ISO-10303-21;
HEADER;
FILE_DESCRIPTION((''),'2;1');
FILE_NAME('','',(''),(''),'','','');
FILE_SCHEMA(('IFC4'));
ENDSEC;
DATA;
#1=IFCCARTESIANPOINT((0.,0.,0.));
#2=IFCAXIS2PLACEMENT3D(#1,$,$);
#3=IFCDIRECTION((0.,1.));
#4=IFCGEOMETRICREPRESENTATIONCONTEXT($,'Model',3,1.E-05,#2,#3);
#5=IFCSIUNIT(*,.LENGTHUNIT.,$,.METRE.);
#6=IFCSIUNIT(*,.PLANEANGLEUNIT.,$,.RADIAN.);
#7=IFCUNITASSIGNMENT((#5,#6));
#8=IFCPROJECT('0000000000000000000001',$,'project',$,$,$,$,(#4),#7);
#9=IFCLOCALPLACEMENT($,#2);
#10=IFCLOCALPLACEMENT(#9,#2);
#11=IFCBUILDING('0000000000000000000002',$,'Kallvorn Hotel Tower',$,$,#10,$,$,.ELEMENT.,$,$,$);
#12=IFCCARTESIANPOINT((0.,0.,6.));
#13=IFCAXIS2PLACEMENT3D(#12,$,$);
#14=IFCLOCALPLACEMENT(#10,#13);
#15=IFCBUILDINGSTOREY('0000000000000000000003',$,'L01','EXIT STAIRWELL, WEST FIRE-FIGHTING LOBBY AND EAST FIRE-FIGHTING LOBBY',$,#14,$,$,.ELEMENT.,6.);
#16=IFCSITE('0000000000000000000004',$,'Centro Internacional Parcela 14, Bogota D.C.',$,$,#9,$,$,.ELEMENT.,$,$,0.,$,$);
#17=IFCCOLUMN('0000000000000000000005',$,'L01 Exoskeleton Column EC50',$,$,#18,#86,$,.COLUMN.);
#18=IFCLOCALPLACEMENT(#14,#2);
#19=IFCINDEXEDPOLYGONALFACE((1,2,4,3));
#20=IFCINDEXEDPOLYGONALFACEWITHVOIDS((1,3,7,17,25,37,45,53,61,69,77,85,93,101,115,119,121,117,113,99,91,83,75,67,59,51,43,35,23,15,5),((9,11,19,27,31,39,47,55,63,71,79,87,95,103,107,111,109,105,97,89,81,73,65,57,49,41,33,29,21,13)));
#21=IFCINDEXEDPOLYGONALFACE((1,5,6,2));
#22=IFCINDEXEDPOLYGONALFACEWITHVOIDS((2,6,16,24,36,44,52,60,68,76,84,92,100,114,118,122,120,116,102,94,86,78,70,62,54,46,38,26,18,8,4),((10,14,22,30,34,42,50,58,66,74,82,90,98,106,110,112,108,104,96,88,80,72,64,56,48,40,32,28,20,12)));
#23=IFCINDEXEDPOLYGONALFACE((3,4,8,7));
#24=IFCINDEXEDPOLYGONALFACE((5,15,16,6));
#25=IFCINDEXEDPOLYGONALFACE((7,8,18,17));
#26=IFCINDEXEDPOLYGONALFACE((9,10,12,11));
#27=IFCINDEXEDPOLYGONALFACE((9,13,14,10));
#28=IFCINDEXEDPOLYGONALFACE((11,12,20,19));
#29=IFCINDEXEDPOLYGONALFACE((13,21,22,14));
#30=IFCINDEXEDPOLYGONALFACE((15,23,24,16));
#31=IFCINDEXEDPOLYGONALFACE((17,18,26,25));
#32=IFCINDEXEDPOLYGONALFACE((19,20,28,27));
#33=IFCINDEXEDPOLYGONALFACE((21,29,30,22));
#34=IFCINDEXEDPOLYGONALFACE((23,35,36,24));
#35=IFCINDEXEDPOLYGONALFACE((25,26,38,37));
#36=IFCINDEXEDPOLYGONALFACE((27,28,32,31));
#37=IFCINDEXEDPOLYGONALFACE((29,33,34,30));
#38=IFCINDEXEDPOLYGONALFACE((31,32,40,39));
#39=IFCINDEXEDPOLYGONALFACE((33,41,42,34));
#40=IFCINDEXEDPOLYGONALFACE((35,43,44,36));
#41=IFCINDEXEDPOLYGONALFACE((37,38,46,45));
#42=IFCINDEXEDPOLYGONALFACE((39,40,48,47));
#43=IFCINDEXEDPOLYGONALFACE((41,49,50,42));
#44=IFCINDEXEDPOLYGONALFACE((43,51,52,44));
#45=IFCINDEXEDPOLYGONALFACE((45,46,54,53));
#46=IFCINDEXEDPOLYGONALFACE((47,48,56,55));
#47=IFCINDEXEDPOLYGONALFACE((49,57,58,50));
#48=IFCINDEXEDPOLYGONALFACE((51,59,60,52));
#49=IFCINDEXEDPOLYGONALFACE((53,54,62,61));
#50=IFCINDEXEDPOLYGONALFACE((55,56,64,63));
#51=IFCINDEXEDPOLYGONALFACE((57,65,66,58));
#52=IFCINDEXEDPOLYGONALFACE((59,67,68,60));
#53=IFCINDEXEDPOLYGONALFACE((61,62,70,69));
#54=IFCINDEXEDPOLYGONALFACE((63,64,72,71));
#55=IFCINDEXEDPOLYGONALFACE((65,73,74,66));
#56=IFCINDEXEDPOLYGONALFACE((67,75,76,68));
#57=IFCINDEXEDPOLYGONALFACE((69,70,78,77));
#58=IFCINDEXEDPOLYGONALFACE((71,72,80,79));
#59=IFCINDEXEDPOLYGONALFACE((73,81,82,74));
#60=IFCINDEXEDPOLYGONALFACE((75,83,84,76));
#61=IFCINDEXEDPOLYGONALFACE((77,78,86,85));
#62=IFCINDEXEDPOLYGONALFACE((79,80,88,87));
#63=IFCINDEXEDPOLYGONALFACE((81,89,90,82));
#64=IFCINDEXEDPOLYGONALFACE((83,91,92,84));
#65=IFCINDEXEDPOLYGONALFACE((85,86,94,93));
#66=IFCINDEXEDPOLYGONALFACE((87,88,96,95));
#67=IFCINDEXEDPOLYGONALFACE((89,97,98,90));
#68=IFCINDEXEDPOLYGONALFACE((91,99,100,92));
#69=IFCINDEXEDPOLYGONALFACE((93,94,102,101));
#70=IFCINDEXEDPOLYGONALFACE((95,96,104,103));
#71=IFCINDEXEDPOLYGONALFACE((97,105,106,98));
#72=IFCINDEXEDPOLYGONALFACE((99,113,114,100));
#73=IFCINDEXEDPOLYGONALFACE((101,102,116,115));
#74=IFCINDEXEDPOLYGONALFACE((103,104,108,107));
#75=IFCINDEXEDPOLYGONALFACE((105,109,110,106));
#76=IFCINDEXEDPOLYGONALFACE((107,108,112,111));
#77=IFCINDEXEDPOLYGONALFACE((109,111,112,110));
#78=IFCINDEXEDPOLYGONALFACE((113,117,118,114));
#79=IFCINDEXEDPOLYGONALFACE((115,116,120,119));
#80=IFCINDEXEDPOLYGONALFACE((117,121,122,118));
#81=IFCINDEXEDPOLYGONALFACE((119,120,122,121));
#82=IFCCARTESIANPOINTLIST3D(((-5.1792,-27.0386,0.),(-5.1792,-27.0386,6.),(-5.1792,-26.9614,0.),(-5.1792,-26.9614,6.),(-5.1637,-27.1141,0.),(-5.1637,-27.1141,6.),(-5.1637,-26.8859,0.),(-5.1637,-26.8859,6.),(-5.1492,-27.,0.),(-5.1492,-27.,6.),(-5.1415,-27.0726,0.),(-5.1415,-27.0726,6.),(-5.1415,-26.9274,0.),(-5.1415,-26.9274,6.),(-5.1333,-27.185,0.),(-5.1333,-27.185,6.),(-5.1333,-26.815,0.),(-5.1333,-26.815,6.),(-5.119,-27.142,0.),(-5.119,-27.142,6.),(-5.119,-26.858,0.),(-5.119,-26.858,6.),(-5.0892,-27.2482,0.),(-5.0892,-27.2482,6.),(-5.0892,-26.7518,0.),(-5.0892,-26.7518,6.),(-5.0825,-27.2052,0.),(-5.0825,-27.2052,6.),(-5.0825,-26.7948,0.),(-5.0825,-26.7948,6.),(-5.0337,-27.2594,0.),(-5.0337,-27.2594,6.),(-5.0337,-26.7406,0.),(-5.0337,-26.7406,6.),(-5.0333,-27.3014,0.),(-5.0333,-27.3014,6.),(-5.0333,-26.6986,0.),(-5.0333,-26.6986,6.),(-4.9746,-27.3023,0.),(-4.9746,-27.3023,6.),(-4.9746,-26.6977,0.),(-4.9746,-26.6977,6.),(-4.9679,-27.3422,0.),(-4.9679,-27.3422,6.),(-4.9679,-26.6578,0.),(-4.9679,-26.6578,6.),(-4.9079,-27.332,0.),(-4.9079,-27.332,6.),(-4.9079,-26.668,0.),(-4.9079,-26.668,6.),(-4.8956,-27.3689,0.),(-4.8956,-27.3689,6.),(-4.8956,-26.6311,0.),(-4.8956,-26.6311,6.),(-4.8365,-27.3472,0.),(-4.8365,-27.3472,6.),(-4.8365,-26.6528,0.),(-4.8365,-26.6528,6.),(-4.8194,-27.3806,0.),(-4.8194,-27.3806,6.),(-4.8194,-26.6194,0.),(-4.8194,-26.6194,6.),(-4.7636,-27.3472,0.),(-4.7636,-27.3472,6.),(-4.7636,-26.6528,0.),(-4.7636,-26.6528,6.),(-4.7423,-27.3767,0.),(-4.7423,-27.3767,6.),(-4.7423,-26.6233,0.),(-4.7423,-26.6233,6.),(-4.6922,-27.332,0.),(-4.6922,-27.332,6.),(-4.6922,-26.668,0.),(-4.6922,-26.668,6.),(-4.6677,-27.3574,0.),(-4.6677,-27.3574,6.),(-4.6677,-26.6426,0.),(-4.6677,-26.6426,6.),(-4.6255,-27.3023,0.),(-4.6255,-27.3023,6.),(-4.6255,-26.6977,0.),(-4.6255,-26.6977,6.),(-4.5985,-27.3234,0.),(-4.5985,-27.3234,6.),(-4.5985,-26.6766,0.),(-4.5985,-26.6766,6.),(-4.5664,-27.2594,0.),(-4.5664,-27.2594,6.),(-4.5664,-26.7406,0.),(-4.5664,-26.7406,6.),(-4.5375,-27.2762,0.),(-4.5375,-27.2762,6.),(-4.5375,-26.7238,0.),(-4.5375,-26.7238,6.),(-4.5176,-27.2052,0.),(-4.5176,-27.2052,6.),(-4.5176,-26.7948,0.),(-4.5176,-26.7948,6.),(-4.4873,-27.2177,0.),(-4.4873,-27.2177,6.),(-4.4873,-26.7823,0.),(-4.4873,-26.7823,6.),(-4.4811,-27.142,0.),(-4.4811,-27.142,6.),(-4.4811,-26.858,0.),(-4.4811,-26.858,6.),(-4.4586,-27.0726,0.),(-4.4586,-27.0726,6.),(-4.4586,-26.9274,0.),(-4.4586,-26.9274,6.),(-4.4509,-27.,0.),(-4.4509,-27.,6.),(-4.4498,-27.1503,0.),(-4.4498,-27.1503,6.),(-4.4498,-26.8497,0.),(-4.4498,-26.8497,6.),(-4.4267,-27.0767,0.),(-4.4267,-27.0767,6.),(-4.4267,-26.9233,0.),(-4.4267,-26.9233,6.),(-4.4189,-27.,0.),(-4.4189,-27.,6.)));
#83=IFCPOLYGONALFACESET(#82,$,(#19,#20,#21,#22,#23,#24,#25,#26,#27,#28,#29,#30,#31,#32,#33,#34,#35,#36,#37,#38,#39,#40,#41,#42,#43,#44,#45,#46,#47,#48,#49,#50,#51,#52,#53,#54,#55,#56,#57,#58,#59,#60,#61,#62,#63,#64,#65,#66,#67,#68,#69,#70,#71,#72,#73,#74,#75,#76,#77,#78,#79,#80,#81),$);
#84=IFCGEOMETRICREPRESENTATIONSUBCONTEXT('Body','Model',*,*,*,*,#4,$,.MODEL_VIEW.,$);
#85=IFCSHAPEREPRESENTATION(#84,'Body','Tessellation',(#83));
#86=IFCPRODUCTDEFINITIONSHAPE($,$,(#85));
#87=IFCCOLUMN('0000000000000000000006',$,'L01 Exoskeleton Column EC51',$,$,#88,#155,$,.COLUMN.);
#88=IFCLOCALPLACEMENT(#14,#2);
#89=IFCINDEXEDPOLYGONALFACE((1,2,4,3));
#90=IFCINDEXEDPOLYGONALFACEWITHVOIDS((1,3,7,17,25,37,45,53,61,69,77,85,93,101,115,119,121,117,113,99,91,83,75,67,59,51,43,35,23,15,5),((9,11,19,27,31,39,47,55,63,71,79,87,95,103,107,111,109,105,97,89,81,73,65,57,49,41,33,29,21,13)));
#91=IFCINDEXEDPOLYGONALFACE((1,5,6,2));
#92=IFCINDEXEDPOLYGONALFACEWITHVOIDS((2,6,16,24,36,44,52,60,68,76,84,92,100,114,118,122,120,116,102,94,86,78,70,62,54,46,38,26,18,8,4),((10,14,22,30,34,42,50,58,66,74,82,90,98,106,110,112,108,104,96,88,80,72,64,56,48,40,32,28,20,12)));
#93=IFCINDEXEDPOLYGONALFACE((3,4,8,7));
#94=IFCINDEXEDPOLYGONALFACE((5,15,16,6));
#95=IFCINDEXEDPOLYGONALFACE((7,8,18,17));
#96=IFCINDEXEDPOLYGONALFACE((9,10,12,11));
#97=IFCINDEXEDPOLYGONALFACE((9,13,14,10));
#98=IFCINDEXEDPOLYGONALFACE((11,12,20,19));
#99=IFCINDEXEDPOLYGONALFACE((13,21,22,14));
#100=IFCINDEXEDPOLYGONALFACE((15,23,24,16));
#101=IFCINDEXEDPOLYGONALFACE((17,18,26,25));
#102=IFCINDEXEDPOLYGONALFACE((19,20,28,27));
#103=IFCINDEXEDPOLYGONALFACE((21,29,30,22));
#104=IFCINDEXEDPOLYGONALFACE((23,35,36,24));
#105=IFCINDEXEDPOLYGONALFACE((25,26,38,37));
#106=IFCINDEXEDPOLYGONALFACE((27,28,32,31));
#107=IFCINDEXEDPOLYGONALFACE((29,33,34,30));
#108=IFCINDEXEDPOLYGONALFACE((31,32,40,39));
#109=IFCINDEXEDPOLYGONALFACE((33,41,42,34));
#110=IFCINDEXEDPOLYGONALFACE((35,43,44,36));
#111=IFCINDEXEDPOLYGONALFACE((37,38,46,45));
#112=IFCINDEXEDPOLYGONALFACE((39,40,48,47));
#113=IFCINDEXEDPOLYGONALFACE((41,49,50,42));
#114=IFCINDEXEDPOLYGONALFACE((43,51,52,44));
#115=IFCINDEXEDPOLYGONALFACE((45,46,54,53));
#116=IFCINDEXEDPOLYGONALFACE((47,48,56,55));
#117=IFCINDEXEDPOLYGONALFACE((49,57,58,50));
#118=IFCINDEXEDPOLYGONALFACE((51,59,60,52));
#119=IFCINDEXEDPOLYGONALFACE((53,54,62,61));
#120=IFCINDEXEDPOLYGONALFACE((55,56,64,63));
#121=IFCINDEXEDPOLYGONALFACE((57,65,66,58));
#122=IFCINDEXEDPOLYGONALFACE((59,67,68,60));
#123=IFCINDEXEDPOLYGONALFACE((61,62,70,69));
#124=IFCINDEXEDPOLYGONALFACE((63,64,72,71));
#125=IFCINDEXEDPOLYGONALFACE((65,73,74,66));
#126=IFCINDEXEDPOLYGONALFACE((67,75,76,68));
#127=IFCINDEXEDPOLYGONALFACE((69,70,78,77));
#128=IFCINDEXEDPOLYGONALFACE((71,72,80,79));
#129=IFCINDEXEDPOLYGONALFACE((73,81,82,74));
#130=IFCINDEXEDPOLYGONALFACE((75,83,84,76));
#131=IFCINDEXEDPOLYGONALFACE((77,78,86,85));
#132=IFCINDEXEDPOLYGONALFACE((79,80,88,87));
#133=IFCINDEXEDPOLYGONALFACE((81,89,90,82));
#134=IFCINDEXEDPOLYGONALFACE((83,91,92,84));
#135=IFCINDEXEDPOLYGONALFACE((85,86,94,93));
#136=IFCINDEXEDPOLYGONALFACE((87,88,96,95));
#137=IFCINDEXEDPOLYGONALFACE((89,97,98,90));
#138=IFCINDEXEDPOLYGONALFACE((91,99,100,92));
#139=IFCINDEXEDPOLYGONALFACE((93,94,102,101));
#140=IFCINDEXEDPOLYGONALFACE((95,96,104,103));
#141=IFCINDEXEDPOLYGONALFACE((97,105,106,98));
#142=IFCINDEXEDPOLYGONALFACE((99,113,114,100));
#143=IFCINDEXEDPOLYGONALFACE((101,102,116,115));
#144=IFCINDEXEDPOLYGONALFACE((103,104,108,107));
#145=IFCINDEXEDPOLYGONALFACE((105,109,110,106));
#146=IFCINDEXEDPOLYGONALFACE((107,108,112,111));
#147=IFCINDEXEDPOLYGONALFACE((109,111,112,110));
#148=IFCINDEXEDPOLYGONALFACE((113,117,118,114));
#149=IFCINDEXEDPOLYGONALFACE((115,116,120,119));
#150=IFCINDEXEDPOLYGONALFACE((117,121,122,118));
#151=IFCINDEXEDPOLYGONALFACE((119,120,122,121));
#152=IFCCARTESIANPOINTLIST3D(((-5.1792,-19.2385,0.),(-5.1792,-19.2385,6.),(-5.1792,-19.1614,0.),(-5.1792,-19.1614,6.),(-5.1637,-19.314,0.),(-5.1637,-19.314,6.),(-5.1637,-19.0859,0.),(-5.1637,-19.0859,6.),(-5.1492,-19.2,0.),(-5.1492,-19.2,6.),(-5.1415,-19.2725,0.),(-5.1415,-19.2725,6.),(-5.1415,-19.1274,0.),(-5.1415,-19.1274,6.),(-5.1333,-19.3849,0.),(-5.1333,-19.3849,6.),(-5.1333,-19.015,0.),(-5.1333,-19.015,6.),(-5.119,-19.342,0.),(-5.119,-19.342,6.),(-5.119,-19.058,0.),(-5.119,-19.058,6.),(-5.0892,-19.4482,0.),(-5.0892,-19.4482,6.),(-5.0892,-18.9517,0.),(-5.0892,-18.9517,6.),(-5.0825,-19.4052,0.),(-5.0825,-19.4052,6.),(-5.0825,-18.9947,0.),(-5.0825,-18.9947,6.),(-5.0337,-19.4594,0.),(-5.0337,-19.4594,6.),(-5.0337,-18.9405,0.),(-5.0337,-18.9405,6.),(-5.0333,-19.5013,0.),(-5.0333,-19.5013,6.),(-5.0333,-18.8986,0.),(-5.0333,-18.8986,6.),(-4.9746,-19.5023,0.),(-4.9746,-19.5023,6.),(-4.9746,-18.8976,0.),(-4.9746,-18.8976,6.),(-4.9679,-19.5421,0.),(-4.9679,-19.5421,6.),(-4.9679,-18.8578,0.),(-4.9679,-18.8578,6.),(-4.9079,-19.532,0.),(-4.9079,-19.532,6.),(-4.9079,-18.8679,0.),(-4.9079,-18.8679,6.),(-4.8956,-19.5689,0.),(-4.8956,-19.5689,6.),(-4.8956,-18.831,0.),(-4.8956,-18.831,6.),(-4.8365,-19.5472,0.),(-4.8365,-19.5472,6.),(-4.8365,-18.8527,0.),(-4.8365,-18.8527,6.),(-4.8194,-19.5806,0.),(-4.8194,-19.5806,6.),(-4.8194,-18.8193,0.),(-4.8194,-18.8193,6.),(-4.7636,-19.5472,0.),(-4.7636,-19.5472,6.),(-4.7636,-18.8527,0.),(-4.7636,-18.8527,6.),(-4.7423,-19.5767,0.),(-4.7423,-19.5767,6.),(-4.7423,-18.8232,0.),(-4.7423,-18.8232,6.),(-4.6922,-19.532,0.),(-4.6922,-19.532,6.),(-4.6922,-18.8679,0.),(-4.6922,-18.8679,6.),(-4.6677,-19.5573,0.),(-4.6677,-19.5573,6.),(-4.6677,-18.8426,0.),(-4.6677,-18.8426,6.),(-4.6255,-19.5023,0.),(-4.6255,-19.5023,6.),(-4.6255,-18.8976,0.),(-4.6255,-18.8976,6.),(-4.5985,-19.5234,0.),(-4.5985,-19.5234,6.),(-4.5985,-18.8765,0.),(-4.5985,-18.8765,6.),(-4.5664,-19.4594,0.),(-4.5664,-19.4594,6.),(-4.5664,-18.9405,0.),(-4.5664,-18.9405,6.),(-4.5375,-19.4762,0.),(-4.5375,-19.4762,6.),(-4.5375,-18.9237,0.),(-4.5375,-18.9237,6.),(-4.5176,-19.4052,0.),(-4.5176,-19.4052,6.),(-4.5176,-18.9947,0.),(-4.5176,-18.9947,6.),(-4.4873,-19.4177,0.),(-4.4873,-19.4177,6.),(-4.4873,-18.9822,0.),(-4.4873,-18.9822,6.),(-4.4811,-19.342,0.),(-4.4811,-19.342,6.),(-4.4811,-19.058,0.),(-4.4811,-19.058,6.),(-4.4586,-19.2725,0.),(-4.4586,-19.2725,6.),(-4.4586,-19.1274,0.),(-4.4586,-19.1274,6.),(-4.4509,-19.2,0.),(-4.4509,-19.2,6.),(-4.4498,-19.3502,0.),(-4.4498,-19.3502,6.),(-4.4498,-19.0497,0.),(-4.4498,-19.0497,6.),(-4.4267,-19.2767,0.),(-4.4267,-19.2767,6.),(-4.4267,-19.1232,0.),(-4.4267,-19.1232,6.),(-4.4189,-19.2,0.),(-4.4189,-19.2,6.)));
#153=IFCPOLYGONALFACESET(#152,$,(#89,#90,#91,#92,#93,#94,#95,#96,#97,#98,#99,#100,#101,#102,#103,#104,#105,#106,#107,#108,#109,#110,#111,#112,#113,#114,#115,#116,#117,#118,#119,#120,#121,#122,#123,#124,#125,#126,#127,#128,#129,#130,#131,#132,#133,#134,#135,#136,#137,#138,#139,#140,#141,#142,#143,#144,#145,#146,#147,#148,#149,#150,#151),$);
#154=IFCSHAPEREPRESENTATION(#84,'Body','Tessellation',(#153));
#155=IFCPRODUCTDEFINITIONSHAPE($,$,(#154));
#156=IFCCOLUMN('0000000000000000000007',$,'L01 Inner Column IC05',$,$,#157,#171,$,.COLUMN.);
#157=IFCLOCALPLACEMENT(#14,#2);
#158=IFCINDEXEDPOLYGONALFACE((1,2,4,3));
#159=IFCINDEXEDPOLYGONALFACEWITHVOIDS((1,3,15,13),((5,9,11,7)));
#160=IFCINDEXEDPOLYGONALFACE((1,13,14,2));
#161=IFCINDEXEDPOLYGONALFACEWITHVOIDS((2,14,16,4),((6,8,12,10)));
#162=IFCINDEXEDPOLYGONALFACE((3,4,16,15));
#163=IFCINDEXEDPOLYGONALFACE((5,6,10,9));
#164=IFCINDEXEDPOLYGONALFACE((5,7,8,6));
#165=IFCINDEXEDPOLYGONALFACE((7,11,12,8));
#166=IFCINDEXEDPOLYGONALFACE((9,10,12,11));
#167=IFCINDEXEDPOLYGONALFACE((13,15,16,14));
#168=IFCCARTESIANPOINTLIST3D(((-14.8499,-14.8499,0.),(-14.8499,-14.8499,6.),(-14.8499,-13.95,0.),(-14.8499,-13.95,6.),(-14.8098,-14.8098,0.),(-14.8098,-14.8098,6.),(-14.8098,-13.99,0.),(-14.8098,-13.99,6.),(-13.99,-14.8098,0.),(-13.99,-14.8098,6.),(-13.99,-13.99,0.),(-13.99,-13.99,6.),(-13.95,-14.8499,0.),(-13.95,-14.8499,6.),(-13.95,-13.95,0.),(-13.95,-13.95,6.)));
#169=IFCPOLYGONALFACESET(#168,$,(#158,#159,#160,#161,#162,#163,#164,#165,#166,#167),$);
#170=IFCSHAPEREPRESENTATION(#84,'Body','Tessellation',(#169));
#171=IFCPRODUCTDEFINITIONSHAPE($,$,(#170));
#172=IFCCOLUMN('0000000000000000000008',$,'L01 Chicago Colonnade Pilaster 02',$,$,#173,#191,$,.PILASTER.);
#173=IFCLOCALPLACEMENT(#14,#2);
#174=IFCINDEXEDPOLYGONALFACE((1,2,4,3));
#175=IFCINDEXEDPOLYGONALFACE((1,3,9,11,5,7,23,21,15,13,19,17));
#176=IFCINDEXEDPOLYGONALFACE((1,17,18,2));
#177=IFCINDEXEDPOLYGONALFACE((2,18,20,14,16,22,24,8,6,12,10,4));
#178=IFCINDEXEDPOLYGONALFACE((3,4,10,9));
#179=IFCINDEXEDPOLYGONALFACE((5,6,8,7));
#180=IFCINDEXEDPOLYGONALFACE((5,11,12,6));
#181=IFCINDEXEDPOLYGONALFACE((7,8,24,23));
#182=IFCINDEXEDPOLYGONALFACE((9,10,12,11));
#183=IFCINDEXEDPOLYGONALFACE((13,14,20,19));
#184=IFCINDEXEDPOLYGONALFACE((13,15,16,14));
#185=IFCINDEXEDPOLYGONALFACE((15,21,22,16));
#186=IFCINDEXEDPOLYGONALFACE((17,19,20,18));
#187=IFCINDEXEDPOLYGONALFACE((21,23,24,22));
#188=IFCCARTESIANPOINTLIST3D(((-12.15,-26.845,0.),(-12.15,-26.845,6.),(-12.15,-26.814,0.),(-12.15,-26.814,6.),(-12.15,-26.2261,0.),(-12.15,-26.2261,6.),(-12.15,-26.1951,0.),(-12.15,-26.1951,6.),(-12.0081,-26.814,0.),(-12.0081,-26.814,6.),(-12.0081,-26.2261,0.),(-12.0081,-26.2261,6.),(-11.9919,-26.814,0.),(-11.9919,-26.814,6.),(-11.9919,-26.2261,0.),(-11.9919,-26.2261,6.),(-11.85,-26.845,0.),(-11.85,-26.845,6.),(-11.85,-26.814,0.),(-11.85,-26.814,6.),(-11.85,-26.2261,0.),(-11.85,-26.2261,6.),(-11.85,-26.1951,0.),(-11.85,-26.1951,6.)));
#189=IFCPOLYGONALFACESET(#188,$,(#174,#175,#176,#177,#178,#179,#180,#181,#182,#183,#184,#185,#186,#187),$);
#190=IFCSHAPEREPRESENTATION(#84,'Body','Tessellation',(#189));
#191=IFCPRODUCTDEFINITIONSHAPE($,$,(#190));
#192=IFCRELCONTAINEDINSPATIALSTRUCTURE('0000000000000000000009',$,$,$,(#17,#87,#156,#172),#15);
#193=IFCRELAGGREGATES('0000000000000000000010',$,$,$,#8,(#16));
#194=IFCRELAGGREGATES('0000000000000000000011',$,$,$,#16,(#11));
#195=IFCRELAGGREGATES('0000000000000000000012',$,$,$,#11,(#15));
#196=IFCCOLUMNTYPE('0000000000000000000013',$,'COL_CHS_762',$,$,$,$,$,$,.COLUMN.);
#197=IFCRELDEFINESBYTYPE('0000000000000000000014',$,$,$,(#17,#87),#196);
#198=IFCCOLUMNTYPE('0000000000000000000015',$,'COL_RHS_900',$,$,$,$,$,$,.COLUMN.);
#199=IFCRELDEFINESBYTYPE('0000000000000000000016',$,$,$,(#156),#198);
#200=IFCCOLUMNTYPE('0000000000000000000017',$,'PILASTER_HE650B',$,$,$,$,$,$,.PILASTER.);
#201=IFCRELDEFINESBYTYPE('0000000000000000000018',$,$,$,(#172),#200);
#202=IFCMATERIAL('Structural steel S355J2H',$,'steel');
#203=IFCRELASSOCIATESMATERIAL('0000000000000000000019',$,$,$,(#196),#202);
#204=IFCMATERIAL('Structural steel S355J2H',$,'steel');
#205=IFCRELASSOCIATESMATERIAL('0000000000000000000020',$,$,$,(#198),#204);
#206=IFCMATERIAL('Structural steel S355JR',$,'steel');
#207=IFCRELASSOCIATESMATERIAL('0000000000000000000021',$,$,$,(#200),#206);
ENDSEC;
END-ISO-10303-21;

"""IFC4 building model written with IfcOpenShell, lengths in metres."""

from ifc_helpers import new_model, si_unit, direction, frame, origin, origin_2d, place, context, subcontext, project, spatial, hollow_rectangle, hollow_circle, i_section, extrude, material, material_profile, profile_set, type_object, element, save


model = new_model("IFC4")

# Units and contexts
model_context = context("Model", 3, precision=1e-05, world=origin(), true_north=direction((0.0, 1.0)))
body_context = subcontext(model_context, "Body", "Model", "MODEL_VIEW")
ifc_project = project(units=[si_unit("LENGTHUNIT", "METRE"), si_unit("PLANEANGLEUNIT", "RADIAN")], contexts=[model_context])

# Site, building, storey
site_placement = place(None, origin())
site = spatial("IfcSite", under=ifc_project, at=site_placement, Name="Centro Internacional Parcela 14, Bogota D.C.", CompositionType="ELEMENT", RefElevation=0.0)
building_placement = place(site_placement, origin())
building = spatial("IfcBuilding", under=site, at=building_placement, Name="Kallvorn Hotel Tower", CompositionType="ELEMENT")
storey_placement = place(building_placement, frame((0.0, 0.0, 6.0)))
storey = spatial("IfcBuildingStorey", under=building, at=storey_placement, Name="L01", Description="EXIT STAIRWELL, WEST FIRE-FIGHTING LOBBY AND EAST FIRE-FIGHTING LOBBY", CompositionType="ELEMENT", Elevation=6.0)

# Columns
ifc_material_1 = material(Name="Structural steel S355J2H", Category="steel")
ifc_material_profile_1 = material_profile(ifc_material_1, hollow_circle(Radius=0.3811, WallThickness=0.032, at=origin_2d()), Name="CHS 762x32")
ifc_profile_set_1 = profile_set([ifc_material_profile_1], Name="Structural steel S355J2H")
column_type_1 = type_object("IfcColumnType", Name="COL_CHS_762", PredefinedType="COLUMN", material=ifc_profile_set_1)
for number, where, z_axis, x_axis, name in (
    (1, (-4.8, -27.0, 0.0), (0.0, 0.0, 1.0), (1.0, 0.0, 0.0), "L01 Exoskeleton Column EC50"),
    (2, (-4.8, -19.2, 0.0), (0.0, 0.0, 1.0), (1.0, 0.0, 0.0), "L01 Exoskeleton Column EC51"),
):
    element("IfcColumn", number, at=place(storey_placement, frame(where, z_axis=z_axis, x_axis=x_axis)), inside=storey, type_object=column_type_1, Name=name, PredefinedType="COLUMN", context=body_context, shape_type="SweptSolid", body=[
        extrude(hollow_circle(Radius=0.3811, WallThickness=0.032, at=origin_2d()), origin(), (0.0, 0.0, 1.0), 6.0),
    ])
ifc_material_2 = material(Name="Structural steel S355J2H", Category="steel")
ifc_material_profile_2 = material_profile(ifc_material_2, hollow_rectangle(XDim=0.8999, YDim=0.8999, WallThickness=0.04, at=origin_2d()), Name="RHS 900x900x40")
ifc_profile_set_2 = profile_set([ifc_material_profile_2], Name="Structural steel S355J2H")
column_type_2 = type_object("IfcColumnType", Name="COL_RHS_900", PredefinedType="COLUMN", material=ifc_profile_set_2)
column_1_placement = place(storey_placement, frame((-14.3999, -14.3999, 0.0), z_axis=(0.0, 0.0, 1.0), x_axis=(1.0, 0.0, 0.0)))
element("IfcColumn", 3, at=column_1_placement, inside=storey, type_object=column_type_2, Name="L01 Inner Column IC05", PredefinedType="COLUMN", context=body_context, shape_type="SweptSolid", body=[
    extrude(hollow_rectangle(XDim=0.8999, YDim=0.8999, WallThickness=0.04, at=origin_2d()), origin(), (0.0, 0.0, 1.0), 6.0),
])
ifc_material_3 = material(Name="Structural steel S355JR", Category="steel")
ifc_material_profile_3 = material_profile(ifc_material_3, i_section(OverallWidth=0.3, OverallDepth=0.6499, WebThickness=0.0161, FlangeThickness=0.031, at=origin_2d()), Name="HE 650 B")
ifc_profile_set_3 = profile_set([ifc_material_profile_3], Name="Structural steel S355JR")
column_type_3 = type_object("IfcColumnType", Name="PILASTER_HE650B", PredefinedType="PILASTER", material=ifc_profile_set_3)
column_2_placement = place(storey_placement, frame((-12.0, -26.52, 0.0), z_axis=(0.0, 0.0, 1.0), x_axis=(1.0, 0.0, 0.0)))
element("IfcColumn", 4, at=column_2_placement, inside=storey, type_object=column_type_3, Name="L01 Chicago Colonnade Pilaster 02", PredefinedType="PILASTER", context=body_context, shape_type="SweptSolid", body=[
    extrude(i_section(OverallWidth=0.3, OverallDepth=0.6499, WebThickness=0.0161, FlangeThickness=0.031, at=origin_2d()), origin(), (0.0, 0.0, 1.0), 6.0),
])

save(model, "model.ifc")
